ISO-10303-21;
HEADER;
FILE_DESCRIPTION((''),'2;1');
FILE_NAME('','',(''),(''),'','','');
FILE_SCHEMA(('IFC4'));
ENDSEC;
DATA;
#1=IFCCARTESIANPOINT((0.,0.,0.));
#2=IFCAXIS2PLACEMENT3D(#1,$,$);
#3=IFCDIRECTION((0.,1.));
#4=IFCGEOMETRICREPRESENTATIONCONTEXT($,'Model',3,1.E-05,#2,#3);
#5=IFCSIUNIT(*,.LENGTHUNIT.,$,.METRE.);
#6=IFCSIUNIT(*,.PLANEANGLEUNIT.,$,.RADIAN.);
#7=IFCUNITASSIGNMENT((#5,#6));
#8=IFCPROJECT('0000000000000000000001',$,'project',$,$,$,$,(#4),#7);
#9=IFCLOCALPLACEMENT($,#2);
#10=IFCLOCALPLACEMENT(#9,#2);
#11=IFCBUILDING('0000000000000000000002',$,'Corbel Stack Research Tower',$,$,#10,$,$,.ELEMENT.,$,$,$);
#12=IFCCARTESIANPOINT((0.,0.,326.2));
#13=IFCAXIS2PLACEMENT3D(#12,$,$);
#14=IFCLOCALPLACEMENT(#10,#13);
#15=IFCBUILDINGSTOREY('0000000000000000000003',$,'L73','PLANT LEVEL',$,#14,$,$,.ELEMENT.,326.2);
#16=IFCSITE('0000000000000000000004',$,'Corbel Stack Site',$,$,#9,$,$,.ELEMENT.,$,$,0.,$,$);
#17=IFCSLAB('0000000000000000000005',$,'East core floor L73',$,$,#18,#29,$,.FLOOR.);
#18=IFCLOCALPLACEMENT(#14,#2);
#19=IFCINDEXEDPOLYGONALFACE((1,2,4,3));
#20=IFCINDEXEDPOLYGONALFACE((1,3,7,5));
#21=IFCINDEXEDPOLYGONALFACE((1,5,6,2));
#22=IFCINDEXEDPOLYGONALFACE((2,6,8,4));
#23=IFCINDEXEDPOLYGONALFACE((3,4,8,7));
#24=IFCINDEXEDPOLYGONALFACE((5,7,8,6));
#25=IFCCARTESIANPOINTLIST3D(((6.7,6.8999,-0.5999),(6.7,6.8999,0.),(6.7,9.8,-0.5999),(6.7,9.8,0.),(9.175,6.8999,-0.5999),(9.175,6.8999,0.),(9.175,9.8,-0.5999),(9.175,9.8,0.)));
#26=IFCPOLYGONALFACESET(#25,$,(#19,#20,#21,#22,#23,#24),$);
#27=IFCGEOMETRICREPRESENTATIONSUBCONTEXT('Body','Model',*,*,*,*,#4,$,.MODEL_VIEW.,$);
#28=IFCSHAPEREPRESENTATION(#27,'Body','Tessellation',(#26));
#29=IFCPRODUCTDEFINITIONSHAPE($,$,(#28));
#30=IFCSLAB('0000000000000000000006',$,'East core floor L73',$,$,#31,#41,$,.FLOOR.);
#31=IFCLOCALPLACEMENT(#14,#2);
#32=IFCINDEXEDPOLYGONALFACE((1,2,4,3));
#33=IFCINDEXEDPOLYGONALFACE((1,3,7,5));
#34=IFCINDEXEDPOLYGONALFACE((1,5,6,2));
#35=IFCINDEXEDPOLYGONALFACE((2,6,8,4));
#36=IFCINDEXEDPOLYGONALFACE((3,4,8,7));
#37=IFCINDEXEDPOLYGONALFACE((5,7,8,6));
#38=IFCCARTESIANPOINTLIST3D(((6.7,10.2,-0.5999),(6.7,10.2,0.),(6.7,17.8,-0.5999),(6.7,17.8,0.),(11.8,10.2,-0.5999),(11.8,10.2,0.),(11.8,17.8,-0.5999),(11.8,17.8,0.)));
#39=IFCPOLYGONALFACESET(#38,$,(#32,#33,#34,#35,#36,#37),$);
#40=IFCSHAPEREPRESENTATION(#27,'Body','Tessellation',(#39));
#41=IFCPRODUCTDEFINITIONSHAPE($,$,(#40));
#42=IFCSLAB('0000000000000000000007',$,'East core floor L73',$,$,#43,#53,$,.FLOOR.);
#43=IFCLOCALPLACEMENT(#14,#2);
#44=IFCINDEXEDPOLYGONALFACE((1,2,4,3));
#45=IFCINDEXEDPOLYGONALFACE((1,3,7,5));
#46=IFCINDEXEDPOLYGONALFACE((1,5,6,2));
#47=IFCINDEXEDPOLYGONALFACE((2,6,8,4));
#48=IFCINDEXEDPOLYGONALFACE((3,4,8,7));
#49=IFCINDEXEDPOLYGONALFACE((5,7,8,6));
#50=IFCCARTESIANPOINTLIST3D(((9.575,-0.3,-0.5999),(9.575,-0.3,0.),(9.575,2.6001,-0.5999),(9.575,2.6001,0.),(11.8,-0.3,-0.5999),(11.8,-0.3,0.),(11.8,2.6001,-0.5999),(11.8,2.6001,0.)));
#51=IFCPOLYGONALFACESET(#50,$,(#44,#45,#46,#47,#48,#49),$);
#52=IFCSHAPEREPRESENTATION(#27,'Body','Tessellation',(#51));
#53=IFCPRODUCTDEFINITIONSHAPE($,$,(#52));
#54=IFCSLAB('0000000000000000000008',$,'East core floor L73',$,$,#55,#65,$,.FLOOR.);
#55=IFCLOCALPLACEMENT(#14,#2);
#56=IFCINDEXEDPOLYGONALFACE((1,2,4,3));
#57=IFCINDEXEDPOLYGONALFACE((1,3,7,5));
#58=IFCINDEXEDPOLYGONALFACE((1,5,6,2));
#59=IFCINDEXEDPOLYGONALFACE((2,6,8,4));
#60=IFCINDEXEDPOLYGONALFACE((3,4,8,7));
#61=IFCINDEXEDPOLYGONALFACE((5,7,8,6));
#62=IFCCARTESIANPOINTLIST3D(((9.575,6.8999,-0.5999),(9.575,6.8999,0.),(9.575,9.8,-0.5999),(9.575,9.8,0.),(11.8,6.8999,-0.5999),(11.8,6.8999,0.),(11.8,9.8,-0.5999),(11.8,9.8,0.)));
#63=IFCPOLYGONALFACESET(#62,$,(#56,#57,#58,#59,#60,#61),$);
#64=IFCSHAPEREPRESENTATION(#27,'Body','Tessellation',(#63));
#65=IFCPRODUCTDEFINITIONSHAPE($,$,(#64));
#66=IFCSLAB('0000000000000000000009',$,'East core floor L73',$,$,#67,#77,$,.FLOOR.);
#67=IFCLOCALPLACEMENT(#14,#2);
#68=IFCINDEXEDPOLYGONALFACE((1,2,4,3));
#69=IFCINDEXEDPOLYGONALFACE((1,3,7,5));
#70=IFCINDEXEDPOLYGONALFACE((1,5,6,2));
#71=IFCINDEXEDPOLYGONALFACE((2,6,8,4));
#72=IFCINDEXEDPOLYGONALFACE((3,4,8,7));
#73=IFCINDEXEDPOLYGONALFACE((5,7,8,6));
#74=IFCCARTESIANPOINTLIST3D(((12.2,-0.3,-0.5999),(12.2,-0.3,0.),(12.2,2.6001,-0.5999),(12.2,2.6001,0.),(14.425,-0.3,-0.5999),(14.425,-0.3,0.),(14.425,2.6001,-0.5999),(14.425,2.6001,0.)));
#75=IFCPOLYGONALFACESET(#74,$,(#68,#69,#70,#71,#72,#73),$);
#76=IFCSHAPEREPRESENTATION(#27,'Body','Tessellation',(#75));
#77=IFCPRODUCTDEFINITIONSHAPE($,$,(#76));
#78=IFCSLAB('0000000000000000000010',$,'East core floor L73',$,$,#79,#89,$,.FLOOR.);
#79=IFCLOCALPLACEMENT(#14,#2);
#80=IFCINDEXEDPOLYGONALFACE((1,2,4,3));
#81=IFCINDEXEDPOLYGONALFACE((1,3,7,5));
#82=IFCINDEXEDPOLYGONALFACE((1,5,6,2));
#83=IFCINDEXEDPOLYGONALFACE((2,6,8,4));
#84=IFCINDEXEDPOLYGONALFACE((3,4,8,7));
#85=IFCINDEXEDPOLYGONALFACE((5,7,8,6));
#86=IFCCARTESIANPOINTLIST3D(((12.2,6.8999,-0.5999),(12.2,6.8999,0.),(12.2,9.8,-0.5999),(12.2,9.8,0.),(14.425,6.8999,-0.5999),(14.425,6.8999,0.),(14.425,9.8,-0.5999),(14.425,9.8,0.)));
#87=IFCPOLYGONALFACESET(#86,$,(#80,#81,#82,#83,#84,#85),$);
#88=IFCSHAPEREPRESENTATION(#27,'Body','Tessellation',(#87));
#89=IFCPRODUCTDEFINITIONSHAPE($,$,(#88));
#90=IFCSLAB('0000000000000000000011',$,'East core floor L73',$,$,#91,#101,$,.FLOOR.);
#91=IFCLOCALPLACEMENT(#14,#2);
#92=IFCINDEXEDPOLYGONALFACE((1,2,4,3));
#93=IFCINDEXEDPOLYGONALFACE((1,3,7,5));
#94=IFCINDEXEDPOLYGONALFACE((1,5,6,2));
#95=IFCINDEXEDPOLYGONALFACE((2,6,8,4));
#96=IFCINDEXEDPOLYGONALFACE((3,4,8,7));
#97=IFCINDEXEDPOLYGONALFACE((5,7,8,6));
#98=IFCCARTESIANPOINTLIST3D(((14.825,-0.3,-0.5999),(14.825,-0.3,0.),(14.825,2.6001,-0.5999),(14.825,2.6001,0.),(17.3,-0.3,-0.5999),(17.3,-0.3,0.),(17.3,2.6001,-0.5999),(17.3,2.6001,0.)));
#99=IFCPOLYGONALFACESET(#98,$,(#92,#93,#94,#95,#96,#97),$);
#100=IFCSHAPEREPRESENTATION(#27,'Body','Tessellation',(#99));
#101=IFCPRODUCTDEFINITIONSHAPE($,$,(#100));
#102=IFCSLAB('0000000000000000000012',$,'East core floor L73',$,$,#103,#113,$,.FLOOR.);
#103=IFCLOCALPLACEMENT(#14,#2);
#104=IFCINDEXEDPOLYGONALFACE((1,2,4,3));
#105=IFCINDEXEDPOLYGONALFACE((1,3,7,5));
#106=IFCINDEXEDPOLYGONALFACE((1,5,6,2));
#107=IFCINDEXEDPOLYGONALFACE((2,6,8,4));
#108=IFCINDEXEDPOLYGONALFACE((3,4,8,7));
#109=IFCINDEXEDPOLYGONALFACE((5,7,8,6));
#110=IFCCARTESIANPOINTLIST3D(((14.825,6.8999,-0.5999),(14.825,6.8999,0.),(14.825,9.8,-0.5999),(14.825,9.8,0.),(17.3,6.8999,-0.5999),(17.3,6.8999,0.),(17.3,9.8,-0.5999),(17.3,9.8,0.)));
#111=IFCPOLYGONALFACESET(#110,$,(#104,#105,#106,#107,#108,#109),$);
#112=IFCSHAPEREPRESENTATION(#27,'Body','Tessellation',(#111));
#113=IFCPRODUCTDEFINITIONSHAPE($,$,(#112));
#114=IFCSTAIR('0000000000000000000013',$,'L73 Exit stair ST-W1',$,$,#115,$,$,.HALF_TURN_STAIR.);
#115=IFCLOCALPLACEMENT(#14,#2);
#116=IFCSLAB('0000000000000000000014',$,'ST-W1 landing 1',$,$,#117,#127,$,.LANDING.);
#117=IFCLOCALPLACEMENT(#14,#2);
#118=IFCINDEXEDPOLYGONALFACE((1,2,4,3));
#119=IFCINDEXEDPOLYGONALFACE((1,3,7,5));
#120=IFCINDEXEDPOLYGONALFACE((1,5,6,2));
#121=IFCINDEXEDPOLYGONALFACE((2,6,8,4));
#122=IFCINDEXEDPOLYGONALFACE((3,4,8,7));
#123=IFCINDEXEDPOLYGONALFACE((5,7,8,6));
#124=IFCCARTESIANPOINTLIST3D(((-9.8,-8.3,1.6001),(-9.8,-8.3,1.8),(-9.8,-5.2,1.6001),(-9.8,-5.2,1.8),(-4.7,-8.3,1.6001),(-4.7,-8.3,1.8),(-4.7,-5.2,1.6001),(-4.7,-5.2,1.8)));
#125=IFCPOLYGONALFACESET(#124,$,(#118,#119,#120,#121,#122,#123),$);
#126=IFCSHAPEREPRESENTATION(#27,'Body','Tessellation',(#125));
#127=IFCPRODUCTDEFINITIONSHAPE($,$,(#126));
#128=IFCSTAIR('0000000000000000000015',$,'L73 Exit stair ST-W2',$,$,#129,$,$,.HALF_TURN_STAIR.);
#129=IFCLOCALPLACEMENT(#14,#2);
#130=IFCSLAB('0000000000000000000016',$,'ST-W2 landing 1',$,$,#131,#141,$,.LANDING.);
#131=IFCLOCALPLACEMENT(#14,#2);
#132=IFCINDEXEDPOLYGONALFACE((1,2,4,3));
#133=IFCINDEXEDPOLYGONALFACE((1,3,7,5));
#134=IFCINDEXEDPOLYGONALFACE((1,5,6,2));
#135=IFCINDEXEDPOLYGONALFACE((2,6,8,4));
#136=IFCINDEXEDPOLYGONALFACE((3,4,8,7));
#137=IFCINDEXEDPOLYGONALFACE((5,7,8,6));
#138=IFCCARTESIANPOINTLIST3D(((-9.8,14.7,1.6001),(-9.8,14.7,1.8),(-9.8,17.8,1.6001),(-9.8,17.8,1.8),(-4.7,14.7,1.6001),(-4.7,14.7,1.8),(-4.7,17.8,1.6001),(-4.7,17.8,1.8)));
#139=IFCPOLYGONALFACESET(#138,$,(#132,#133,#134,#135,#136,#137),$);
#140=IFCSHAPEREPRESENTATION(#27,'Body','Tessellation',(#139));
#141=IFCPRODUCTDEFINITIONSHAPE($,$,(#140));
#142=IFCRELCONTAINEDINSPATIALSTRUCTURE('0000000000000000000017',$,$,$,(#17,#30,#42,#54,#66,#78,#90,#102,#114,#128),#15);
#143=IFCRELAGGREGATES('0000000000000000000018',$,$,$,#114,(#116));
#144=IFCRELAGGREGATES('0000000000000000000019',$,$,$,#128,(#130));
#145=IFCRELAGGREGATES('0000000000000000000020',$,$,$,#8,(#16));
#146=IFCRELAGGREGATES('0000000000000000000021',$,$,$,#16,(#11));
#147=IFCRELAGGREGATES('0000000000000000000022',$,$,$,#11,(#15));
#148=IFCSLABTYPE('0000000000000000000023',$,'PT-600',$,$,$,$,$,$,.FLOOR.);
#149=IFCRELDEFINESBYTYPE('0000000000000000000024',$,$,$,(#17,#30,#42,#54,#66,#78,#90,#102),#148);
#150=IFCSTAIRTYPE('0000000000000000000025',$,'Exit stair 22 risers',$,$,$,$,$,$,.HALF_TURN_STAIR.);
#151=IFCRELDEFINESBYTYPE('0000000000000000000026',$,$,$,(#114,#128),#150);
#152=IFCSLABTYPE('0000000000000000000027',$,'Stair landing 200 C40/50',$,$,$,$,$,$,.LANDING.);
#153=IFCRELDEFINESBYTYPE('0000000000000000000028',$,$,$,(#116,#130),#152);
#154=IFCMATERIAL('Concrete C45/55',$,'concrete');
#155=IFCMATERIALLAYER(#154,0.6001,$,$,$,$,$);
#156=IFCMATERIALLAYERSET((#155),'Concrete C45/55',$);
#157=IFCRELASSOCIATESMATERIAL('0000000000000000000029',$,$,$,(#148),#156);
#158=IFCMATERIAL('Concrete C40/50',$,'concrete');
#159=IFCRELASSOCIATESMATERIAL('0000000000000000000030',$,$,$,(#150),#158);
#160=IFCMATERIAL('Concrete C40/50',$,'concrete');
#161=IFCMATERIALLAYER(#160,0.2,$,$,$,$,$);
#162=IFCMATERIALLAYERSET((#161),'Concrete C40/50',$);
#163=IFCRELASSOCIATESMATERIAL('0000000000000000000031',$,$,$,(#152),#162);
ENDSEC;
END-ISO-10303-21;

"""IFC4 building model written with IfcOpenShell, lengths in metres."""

from ifc_helpers import new_model, si_unit, direction, frame, origin, place, context, subcontext, project, spatial, polyline, outline, extrude, material, layer, layer_set, type_object, element, aggregate, save


model = new_model("IFC4")

# Units and contexts
model_context = context("Model", 3, precision=1e-05, world=origin(), true_north=direction((0.0, 1.0)))
body_context = subcontext(model_context, "Body", "Model", "MODEL_VIEW")
ifc_project = project(units=[si_unit("LENGTHUNIT", "METRE"), si_unit("PLANEANGLEUNIT", "RADIAN")], contexts=[model_context])

# Site, building, storey
site_placement = place(None, origin())
site = spatial("IfcSite", under=ifc_project, at=site_placement, Name="Corbel Stack Site", CompositionType="ELEMENT", RefElevation=0.0)
building_placement = place(site_placement, origin())
building = spatial("IfcBuilding", under=site, at=building_placement, Name="Corbel Stack Research Tower", CompositionType="ELEMENT")
storey_placement = place(building_placement, frame((0.0, 0.0, 326.2)))
storey = spatial("IfcBuildingStorey", under=building, at=storey_placement, Name="L73", Description="PLANT LEVEL", CompositionType="ELEMENT", Elevation=326.2)

# Slabs
ifc_material_1 = material(Name="Concrete C45/55", Category="concrete")
ifc_layer_1 = layer(ifc_material_1, 0.6001)
ifc_layer_set_1 = layer_set([ifc_layer_1], Name="Concrete C45/55")
slab_type_1 = type_object("IfcSlabType", Name="PT-600", PredefinedType="FLOOR", material=ifc_layer_set_1)
slab_1_placement = place(storey_placement, frame((0.0, 0.0, -0.5999)))
element("IfcSlab", 1, at=slab_1_placement, inside=storey, type_object=slab_type_1, Name="East core floor L73", PredefinedType="FLOOR", context=body_context, shape_type="SweptSolid", body=[
    extrude(outline(polyline([(6.7, 6.8999), (9.175, 6.8999), (9.175, 9.8), (6.7, 9.8), (6.7, 6.8999)])), origin(), (0.0, 0.0, 1.0), 0.5999),
])
slab_2_placement = place(storey_placement, frame((0.0, 0.0, -0.5999)))
element("IfcSlab", 2, at=slab_2_placement, inside=storey, type_object=slab_type_1, Name="East core floor L73", PredefinedType="FLOOR", context=body_context, shape_type="SweptSolid", body=[
    extrude(outline(polyline([(6.7, 10.2), (11.8, 10.2), (11.8, 17.8), (6.7, 17.8), (6.7, 10.2)])), origin(), (0.0, 0.0, 1.0), 0.5999),
])
slab_3_placement = place(storey_placement, frame((0.0, 0.0, -0.5999)))
element("IfcSlab", 3, at=slab_3_placement, inside=storey, type_object=slab_type_1, Name="East core floor L73", PredefinedType="FLOOR", context=body_context, shape_type="SweptSolid", body=[
    extrude(outline(polyline([(9.575, 2.6001), (9.575, -0.3), (11.8, -0.3), (11.8, 2.6001), (9.575, 2.6001)])), origin(), (0.0, 0.0, 1.0), 0.5999),
])
slab_4_placement = place(storey_placement, frame((0.0, 0.0, -0.5999)))
element("IfcSlab", 4, at=slab_4_placement, inside=storey, type_object=slab_type_1, Name="East core floor L73", PredefinedType="FLOOR", context=body_context, shape_type="SweptSolid", body=[
    extrude(outline(polyline([(9.575, 6.8999), (11.8, 6.8999), (11.8, 9.8), (9.575, 9.8), (9.575, 6.8999)])), origin(), (0.0, 0.0, 1.0), 0.5999),
])
slab_5_placement = place(storey_placement, frame((0.0, 0.0, -0.5999)))
element("IfcSlab", 5, at=slab_5_placement, inside=storey, type_object=slab_type_1, Name="East core floor L73", PredefinedType="FLOOR", context=body_context, shape_type="SweptSolid", body=[
    extrude(outline(polyline([(12.2, 2.6001), (12.2, -0.3), (14.425, -0.3), (14.425, 2.6001), (12.2, 2.6001)])), origin(), (0.0, 0.0, 1.0), 0.5999),
])
slab_6_placement = place(storey_placement, frame((0.0, 0.0, -0.5999)))
element("IfcSlab", 6, at=slab_6_placement, inside=storey, type_object=slab_type_1, Name="East core floor L73", PredefinedType="FLOOR", context=body_context, shape_type="SweptSolid", body=[
    extrude(outline(polyline([(14.425, 6.8999), (14.425, 9.8), (12.2, 9.8), (12.2, 6.8999), (14.425, 6.8999)])), origin(), (0.0, 0.0, 1.0), 0.5999),
])
slab_7_placement = place(storey_placement, frame((0.0, 0.0, -0.5999)))
element("IfcSlab", 7, at=slab_7_placement, inside=storey, type_object=slab_type_1, Name="East core floor L73", PredefinedType="FLOOR", context=body_context, shape_type="SweptSolid", body=[
    extrude(outline(polyline([(14.825, 2.6001), (14.825, -0.3), (17.3, -0.3), (17.3, 2.6001), (14.825, 2.6001)])), origin(), (0.0, 0.0, 1.0), 0.5999),
])
slab_8_placement = place(storey_placement, frame((0.0, 0.0, -0.5999)))
element("IfcSlab", 8, at=slab_8_placement, inside=storey, type_object=slab_type_1, Name="East core floor L73", PredefinedType="FLOOR", context=body_context, shape_type="SweptSolid", body=[
    extrude(outline(polyline([(17.3, 6.8999), (17.3, 9.8), (14.825, 9.8), (14.825, 6.8999), (17.3, 6.8999)])), origin(), (0.0, 0.0, 1.0), 0.5999),
])

# Stairs, slabs
ifc_material_2 = material(Name="Concrete C40/50", Category="concrete")
stair_type = type_object("IfcStairType", Name="Exit stair 22 risers", PredefinedType="HALF_TURN_STAIR", material=ifc_material_2)
stair_1_placement = place(storey_placement, origin())
stair_1 = element("IfcStair", 9, at=stair_1_placement, inside=storey, type_object=stair_type, Name="L73 Exit stair ST-W1", PredefinedType="HALF_TURN_STAIR")
ifc_material_3 = material(Name="Concrete C40/50", Category="concrete")
ifc_layer_2 = layer(ifc_material_3, 0.2)
ifc_layer_set_2 = layer_set([ifc_layer_2], Name="Concrete C40/50")
slab_type_2 = type_object("IfcSlabType", Name="Stair landing 200 C40/50", PredefinedType="LANDING", material=ifc_layer_set_2)
slab_9_placement = place(storey_placement, frame((0.0, 0.0, 1.6001)))
slab_9 = element("IfcSlab", 10, at=slab_9_placement, type_object=slab_type_2, Name="ST-W1 landing 1", PredefinedType="LANDING", context=body_context, shape_type="SweptSolid", body=[
    extrude(outline(polyline([(-9.8, -8.3), (-9.8, -5.2), (-4.7, -5.2), (-4.7, -8.3), (-9.8, -8.3)])), origin(), (0.0, 0.0, 1.0), 0.2),
])
aggregate(stair_1, [slab_9])
stair_2_placement = place(storey_placement, origin())
stair_2 = element("IfcStair", 11, at=stair_2_placement, inside=storey, type_object=stair_type, Name="L73 Exit stair ST-W2", PredefinedType="HALF_TURN_STAIR")
slab_10_placement = place(storey_placement, frame((0.0, 0.0, 1.6001)))
slab_10 = element("IfcSlab", 12, at=slab_10_placement, type_object=slab_type_2, Name="ST-W2 landing 1", PredefinedType="LANDING", context=body_context, shape_type="SweptSolid", body=[
    extrude(outline(polyline([(-9.8, 14.7), (-9.8, 17.8), (-4.7, 17.8), (-4.7, 14.7), (-9.8, 14.7)])), origin(), (0.0, 0.0, 1.0), 0.2),
])
aggregate(stair_2, [slab_10])

save(model, "model.ifc")
